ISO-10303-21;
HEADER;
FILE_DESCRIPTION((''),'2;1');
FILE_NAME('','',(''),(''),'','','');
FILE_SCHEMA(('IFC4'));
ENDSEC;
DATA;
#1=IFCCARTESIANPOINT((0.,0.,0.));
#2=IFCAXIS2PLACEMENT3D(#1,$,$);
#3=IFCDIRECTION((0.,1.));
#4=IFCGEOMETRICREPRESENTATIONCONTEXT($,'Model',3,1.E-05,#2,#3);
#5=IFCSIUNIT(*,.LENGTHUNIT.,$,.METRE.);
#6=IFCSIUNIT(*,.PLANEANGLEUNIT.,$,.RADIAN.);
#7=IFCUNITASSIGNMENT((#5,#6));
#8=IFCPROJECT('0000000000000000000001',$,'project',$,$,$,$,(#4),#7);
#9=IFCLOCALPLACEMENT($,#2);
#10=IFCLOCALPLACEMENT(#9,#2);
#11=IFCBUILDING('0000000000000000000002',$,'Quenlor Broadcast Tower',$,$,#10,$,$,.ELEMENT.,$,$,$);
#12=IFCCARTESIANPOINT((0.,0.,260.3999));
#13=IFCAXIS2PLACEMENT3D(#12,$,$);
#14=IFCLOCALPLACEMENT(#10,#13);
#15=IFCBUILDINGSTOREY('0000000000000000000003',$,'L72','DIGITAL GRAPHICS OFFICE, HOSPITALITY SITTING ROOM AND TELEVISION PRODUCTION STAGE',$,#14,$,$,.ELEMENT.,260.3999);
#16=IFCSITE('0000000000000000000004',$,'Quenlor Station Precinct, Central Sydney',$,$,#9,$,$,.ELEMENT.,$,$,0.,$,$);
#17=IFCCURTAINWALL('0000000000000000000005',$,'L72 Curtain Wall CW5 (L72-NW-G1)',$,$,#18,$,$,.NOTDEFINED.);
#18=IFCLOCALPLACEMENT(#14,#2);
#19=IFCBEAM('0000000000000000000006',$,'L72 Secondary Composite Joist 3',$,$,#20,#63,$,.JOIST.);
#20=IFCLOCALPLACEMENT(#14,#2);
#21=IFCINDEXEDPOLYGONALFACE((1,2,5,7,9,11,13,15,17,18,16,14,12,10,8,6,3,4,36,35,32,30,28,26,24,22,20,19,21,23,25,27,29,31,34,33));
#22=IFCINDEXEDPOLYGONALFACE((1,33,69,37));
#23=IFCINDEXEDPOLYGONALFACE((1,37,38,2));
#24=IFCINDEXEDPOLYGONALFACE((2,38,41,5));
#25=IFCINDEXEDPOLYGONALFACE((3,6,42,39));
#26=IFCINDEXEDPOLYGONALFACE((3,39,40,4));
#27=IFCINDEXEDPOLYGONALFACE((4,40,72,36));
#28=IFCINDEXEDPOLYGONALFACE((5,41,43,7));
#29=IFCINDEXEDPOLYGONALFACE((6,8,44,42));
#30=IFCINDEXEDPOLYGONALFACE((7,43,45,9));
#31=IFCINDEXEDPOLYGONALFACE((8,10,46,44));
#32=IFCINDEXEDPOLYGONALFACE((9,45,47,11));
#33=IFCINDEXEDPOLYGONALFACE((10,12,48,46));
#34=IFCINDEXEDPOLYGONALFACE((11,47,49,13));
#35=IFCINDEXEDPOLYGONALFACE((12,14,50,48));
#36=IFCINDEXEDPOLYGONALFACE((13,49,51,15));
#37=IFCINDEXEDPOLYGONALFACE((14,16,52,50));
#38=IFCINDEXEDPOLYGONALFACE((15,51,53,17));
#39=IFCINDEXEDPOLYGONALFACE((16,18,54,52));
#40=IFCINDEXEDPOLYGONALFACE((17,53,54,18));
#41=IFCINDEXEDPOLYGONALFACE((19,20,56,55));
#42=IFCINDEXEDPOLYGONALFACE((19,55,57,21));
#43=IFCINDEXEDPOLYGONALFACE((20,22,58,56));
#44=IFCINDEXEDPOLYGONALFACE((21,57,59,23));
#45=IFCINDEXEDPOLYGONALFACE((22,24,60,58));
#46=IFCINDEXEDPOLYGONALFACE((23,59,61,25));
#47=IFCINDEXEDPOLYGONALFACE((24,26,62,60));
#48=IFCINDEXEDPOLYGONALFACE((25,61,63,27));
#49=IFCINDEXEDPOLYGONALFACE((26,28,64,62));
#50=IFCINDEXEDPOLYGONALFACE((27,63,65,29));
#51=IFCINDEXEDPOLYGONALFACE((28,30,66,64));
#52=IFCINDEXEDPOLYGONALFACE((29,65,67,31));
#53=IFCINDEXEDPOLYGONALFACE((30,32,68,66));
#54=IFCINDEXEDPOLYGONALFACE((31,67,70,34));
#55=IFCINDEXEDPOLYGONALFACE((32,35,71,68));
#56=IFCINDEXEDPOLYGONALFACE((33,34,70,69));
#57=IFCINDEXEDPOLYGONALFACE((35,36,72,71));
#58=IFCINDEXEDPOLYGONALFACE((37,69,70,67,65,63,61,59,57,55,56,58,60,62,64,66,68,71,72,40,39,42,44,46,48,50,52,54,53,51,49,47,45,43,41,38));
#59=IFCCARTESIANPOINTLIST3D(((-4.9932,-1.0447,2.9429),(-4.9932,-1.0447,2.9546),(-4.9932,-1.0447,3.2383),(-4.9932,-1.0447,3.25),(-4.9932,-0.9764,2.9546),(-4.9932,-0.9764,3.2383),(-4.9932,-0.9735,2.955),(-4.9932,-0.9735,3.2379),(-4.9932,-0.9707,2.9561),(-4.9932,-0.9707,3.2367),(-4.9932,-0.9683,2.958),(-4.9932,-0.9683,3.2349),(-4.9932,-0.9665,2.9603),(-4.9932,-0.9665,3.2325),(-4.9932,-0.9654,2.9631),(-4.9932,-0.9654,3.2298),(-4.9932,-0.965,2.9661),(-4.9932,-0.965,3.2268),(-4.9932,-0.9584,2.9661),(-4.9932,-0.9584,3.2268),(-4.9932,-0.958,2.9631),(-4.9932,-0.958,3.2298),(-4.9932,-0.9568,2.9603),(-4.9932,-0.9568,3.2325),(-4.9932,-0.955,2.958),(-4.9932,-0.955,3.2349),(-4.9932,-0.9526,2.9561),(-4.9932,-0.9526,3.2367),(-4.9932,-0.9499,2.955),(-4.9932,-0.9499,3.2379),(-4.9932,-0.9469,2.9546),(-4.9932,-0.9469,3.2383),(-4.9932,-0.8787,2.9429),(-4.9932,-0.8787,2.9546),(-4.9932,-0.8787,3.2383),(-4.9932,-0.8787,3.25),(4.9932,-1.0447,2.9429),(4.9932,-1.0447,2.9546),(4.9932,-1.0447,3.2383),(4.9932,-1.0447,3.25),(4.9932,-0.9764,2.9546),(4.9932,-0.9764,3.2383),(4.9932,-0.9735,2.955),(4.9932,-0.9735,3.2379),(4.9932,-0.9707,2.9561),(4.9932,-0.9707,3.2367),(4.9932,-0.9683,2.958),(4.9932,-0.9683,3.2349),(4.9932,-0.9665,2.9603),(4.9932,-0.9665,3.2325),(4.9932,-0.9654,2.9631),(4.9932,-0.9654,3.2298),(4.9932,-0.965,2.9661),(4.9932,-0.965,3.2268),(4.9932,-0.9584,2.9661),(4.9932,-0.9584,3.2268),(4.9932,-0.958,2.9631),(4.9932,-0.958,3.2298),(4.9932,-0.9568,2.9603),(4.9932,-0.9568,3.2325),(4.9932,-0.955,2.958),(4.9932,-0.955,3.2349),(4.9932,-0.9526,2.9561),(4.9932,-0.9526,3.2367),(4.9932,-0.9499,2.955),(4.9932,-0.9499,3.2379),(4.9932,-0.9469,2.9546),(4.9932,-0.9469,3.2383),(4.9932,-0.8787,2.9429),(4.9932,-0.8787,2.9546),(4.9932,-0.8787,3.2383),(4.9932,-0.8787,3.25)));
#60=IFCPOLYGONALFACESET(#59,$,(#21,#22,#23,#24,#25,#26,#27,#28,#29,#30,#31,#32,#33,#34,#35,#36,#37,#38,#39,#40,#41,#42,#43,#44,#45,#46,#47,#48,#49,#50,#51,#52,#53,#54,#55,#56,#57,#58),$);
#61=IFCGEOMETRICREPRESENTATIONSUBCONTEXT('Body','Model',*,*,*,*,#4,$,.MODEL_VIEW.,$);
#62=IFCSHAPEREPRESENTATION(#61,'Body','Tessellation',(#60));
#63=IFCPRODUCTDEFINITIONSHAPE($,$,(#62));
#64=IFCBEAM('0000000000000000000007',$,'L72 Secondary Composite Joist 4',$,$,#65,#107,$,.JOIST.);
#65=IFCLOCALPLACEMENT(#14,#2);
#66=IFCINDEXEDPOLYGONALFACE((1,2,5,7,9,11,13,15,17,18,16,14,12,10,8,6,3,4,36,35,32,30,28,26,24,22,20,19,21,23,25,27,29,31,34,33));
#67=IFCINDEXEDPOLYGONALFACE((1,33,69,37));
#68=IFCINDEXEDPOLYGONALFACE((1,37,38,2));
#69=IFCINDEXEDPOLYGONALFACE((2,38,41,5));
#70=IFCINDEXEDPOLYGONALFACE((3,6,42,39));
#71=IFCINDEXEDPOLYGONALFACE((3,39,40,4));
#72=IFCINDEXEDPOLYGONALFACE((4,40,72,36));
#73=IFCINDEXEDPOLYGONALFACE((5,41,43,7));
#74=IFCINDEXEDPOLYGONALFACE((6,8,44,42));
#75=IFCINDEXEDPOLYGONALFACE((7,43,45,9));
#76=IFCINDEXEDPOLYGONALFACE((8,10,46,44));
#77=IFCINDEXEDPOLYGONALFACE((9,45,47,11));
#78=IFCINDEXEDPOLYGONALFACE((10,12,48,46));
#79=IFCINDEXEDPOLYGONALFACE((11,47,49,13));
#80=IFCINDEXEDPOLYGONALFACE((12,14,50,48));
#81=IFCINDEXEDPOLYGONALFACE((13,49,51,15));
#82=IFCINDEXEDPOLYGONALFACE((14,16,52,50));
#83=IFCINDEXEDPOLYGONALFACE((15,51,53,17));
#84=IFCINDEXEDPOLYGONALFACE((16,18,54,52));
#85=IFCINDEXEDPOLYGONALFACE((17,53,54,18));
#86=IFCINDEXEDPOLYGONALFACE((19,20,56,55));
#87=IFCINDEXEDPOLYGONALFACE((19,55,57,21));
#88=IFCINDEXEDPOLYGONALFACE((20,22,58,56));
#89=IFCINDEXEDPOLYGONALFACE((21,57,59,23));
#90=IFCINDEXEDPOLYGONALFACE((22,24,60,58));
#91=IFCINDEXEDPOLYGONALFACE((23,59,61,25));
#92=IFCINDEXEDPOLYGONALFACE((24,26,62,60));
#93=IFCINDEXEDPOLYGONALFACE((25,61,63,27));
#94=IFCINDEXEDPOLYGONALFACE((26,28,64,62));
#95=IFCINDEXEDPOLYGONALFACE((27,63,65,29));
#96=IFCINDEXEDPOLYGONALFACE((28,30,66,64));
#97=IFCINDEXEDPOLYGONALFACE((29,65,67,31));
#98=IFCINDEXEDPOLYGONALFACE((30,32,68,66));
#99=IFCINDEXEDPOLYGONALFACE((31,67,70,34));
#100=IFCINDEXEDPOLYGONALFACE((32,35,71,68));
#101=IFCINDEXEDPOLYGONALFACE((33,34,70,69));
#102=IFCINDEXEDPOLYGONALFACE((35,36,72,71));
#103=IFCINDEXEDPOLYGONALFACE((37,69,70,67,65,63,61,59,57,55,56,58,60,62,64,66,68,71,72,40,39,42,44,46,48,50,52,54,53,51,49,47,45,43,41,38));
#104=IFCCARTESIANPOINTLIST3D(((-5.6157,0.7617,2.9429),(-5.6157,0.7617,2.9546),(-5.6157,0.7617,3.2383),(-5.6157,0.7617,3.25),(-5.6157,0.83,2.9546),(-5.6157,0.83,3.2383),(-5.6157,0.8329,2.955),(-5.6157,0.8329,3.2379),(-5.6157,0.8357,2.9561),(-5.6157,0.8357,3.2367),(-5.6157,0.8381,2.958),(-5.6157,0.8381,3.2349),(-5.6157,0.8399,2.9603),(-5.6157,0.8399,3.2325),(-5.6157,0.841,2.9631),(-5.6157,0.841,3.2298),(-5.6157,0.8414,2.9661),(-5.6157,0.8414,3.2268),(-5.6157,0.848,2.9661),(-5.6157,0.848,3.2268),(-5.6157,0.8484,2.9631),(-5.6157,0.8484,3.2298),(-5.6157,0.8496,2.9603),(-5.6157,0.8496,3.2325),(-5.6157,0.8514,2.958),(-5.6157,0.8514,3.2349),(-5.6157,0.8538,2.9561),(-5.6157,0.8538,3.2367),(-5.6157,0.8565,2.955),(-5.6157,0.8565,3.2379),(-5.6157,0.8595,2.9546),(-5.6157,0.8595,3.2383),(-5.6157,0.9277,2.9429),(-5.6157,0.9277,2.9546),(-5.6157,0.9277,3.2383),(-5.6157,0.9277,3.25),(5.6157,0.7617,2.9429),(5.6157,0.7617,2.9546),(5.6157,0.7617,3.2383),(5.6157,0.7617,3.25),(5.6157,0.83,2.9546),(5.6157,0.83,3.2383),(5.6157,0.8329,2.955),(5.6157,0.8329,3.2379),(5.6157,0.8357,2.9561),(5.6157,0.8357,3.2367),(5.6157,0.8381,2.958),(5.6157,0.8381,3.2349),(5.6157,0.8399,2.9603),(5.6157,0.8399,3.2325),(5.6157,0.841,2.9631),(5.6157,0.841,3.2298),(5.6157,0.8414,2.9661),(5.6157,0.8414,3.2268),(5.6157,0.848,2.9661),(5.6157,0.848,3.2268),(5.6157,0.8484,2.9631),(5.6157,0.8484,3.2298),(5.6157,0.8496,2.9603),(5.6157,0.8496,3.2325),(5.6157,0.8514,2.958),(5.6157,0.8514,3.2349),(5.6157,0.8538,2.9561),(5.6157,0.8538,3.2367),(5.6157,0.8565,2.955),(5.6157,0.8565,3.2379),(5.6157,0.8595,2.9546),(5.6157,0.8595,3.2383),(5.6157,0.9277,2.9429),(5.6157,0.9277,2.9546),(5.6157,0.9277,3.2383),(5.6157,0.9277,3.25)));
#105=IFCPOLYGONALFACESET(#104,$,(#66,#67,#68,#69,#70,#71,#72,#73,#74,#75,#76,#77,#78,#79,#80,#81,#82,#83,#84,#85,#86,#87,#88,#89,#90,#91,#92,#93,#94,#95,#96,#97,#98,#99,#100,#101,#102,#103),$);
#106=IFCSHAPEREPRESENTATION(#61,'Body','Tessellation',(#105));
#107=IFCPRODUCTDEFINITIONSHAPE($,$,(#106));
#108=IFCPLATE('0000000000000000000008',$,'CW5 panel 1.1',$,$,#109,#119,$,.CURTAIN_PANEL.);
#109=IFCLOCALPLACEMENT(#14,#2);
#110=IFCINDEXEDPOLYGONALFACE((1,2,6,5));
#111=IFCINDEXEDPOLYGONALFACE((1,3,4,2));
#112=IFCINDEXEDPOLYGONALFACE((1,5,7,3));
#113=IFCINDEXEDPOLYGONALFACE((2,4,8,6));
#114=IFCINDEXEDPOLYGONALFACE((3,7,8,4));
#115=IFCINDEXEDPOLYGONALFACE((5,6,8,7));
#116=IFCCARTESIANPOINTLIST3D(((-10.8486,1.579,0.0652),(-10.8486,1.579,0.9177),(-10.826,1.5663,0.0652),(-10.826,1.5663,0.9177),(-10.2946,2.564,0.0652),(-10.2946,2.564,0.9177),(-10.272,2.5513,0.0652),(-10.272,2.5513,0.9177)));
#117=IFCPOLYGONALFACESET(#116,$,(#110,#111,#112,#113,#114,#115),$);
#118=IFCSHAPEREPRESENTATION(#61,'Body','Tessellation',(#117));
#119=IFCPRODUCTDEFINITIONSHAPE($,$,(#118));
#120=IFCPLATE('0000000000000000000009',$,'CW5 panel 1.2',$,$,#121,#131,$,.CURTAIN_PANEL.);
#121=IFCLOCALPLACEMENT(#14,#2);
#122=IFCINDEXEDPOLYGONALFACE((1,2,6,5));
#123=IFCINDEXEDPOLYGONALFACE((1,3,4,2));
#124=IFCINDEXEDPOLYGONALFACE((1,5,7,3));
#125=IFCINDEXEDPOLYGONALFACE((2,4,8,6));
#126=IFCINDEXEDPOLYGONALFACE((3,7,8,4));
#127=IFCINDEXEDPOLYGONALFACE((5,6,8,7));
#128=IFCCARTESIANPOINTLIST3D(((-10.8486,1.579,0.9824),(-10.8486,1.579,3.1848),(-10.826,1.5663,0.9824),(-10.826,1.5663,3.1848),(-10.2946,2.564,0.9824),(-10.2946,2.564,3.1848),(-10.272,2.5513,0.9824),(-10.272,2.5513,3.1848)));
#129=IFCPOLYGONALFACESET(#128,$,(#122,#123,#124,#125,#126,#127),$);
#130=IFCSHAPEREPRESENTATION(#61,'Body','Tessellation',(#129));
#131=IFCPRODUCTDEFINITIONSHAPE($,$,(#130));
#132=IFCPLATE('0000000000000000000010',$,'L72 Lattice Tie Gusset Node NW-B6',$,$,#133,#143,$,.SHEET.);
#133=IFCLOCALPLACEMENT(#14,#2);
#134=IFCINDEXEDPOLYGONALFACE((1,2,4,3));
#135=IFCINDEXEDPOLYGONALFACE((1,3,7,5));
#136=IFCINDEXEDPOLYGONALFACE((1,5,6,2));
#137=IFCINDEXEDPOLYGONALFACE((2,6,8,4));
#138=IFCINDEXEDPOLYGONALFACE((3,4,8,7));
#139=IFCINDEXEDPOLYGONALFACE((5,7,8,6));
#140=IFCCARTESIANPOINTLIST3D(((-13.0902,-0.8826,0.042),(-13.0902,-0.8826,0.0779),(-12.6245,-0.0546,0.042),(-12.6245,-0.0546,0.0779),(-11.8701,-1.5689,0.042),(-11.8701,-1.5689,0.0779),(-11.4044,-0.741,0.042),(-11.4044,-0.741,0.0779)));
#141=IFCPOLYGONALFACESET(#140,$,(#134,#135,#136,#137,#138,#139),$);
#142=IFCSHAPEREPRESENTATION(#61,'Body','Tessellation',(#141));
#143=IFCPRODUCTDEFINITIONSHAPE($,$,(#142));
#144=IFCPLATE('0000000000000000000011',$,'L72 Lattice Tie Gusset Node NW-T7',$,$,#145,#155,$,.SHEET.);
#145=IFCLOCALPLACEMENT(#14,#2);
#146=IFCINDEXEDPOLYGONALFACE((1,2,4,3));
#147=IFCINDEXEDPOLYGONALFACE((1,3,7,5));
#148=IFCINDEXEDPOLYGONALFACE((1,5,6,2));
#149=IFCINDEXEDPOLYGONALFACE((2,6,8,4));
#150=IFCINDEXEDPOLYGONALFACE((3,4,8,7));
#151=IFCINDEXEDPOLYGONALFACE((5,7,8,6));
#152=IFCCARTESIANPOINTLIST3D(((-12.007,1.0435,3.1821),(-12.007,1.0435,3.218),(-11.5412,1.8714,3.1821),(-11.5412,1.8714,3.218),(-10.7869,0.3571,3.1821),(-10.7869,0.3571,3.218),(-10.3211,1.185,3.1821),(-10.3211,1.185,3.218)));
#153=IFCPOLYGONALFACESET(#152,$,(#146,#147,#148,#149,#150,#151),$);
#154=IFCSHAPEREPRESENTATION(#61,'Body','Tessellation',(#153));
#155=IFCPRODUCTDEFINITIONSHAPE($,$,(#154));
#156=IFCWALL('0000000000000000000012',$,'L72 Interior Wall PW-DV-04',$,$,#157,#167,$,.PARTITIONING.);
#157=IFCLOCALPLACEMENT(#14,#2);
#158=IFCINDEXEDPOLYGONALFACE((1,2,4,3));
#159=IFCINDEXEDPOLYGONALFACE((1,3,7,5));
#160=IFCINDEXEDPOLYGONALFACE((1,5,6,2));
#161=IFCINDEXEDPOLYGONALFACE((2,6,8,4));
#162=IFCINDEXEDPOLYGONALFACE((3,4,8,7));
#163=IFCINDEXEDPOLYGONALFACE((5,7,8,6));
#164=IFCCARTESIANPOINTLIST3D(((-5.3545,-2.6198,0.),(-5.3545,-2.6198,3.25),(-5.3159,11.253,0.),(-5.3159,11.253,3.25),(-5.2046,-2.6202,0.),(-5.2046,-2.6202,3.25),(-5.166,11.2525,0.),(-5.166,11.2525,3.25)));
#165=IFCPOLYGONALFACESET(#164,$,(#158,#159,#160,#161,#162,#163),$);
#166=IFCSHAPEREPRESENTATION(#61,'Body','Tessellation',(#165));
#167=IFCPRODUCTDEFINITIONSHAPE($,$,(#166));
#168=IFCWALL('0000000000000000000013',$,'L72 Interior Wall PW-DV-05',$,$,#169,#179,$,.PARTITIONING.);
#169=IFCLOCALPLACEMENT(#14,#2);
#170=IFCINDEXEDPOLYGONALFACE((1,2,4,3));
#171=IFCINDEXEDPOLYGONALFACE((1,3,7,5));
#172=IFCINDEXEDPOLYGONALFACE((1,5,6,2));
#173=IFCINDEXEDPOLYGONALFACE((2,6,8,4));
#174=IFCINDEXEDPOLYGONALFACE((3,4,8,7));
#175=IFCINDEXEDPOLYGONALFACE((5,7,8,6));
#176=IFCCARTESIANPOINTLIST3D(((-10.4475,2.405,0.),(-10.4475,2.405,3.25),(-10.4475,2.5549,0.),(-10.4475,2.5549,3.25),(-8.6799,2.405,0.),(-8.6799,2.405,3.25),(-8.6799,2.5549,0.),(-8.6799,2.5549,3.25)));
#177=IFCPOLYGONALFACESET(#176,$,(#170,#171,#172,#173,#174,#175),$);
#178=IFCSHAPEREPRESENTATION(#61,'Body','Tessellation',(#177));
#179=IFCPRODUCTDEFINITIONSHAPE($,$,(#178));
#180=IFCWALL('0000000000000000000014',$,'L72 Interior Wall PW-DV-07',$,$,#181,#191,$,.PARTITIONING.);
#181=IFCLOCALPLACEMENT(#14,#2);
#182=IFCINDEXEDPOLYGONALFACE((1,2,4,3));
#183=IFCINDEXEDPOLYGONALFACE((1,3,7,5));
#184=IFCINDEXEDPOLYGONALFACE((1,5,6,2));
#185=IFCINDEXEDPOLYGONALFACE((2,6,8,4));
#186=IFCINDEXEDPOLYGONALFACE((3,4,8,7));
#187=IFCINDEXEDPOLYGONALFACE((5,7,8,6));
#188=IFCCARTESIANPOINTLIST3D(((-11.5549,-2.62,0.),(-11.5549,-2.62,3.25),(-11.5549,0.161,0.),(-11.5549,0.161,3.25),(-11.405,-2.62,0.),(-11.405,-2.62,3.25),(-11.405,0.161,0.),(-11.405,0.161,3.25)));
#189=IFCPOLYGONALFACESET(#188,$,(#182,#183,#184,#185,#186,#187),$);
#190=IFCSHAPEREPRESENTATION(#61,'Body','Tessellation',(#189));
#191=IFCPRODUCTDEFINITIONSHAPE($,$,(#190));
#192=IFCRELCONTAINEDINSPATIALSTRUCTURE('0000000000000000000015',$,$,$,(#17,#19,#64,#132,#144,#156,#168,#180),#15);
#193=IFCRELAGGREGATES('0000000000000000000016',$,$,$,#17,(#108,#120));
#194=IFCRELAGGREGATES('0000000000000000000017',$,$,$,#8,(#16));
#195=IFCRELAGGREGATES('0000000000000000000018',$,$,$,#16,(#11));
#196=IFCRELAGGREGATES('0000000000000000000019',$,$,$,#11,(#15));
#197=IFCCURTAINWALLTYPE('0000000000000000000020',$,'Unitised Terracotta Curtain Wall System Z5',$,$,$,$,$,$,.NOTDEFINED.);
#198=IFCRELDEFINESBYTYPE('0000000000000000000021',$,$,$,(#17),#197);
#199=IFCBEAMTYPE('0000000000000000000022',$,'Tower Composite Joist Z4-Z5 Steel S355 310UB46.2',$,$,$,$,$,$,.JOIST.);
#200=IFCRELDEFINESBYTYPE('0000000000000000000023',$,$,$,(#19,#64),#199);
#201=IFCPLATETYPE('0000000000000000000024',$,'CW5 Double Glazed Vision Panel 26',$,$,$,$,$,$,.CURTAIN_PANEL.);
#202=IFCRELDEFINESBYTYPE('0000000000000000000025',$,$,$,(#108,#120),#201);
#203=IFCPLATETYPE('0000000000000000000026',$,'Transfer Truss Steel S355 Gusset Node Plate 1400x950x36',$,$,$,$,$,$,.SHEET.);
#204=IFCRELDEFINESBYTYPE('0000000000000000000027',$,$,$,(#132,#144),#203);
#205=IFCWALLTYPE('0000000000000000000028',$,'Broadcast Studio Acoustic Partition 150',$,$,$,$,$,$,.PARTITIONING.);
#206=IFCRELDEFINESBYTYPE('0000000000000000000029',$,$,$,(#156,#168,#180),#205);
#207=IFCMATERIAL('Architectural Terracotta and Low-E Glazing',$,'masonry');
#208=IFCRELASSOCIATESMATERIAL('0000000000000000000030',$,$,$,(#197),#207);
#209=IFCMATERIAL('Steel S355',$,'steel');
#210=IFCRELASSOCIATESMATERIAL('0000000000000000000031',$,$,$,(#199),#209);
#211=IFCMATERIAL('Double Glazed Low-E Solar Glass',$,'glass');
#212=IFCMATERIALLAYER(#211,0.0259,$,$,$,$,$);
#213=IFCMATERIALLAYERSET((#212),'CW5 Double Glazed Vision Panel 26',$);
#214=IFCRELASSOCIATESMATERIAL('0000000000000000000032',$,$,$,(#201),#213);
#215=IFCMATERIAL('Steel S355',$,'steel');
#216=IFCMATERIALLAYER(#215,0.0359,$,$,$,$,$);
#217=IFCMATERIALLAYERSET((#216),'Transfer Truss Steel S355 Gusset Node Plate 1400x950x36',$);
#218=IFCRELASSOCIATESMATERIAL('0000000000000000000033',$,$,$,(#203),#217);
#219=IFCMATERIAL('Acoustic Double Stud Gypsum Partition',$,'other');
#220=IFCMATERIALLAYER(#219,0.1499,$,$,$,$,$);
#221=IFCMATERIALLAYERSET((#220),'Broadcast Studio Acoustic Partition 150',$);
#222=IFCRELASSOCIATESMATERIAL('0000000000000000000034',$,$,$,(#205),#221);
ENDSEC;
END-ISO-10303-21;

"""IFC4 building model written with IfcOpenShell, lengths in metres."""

from ifc_helpers import new_model, si_unit, direction, frame, frame_2d, origin, origin_2d, place, context, subcontext, project, spatial, rectangle, i_section, extrude, material, layer, layer_set, material_profile, profile_set, type_object, element, aggregate, save


model = new_model("IFC4")

# Units and contexts
model_context = context("Model", 3, precision=1e-05, world=origin(), true_north=direction((0.0, 1.0)))
body_context = subcontext(model_context, "Body", "Model", "MODEL_VIEW")
ifc_project = project(units=[si_unit("LENGTHUNIT", "METRE"), si_unit("PLANEANGLEUNIT", "RADIAN")], contexts=[model_context])

# Site, building, storey
site_placement = place(None, origin())
site = spatial("IfcSite", under=ifc_project, at=site_placement, Name="Quenlor Station Precinct, Central Sydney", CompositionType="ELEMENT", RefElevation=0.0)
building_placement = place(site_placement, origin())
building = spatial("IfcBuilding", under=site, at=building_placement, Name="Quenlor Broadcast Tower", CompositionType="ELEMENT")
storey_placement = place(building_placement, frame((0.0, 0.0, 260.3999)))
storey = spatial("IfcBuildingStorey", under=building, at=storey_placement, Name="L72", Description="DIGITAL GRAPHICS OFFICE, HOSPITALITY SITTING ROOM AND TELEVISION PRODUCTION STAGE", CompositionType="ELEMENT", Elevation=260.3999)

# Curtain wall
ifc_material_1 = material(Name="Architectural Terracotta and Low-E Glazing", Category="masonry")
curtain_wall_type = type_object("IfcCurtainWallType", Name="Unitised Terracotta Curtain Wall System Z5", PredefinedType="NOTDEFINED", material=ifc_material_1)
curtain_wall_placement = place(storey_placement, origin())
curtain_wall = element("IfcCurtainWall", 1, at=curtain_wall_placement, inside=storey, type_object=curtain_wall_type, Name="L72 Curtain Wall CW5 (L72-NW-G1)", PredefinedType="NOTDEFINED")

# Beams
ifc_material_2 = material(Name="Steel S355", Category="steel")
ifc_material_profile_1 = material_profile(ifc_material_2, i_section(OverallWidth=0.166, OverallDepth=0.3071, WebThickness=0.0066, FlangeThickness=0.0117, FilletRadius=0.0115, at=origin_2d()))
ifc_profile_set_1 = profile_set([ifc_material_profile_1], Name="Steel S355 310UB46.2")
beam_type = type_object("IfcBeamType", Name="Tower Composite Joist Z4-Z5 Steel S355 310UB46.2", PredefinedType="JOIST", material=ifc_profile_set_1)
beam_1_placement = place(storey_placement, frame((-4.9932, -0.9617, 3.0964), z_axis=(1.0, 0.0, 0.0), x_axis=(0.0, 1.0, 0.0)))
element("IfcBeam", 2, at=beam_1_placement, inside=storey, type_object=beam_type, Name="L72 Secondary Composite Joist 3", PredefinedType="JOIST", context=body_context, shape_type="SweptSolid", body=[
    extrude(i_section(OverallWidth=0.166, OverallDepth=0.3071, WebThickness=0.0066, FlangeThickness=0.0117, FilletRadius=0.0115, at=origin_2d()), origin(), (0.0, 0.0, 1.0), 9.9863),
])
beam_2_placement = place(storey_placement, frame((-5.6157, 0.8447, 3.0964), z_axis=(1.0, 0.0, 0.0), x_axis=(0.0, 1.0, 0.0)))
element("IfcBeam", 3, at=beam_2_placement, inside=storey, type_object=beam_type, Name="L72 Secondary Composite Joist 4", PredefinedType="JOIST", context=body_context, shape_type="SweptSolid", body=[
    extrude(i_section(OverallWidth=0.166, OverallDepth=0.3071, WebThickness=0.0066, FlangeThickness=0.0117, FilletRadius=0.0115, at=origin_2d()), origin(), (0.0, 0.0, 1.0), 11.2314),
])

# Plates
ifc_material_3 = material(Name="Double Glazed Low-E Solar Glass", Category="glass")
ifc_layer_1 = layer(ifc_material_3, 0.0259)
ifc_layer_set_1 = layer_set([ifc_layer_1], Name="CW5 Double Glazed Vision Panel 26")
plate_type_1 = type_object("IfcPlateType", Name="CW5 Double Glazed Vision Panel 26", PredefinedType="CURTAIN_PANEL", material=ifc_layer_set_1)
plate_1_placement = place(storey_placement, frame((-10.5603, 2.0652, 0.0652), z_axis=(0.0, 0.0, 1.0), x_axis=(0.490231, 0.871592, 0.0)))
plate_1 = element("IfcPlate", 4, at=plate_1_placement, type_object=plate_type_1, Name="CW5 panel 1.1", PredefinedType="CURTAIN_PANEL", context=body_context, shape_type="SweptSolid", body=[
    extrude(rectangle(XDim=1.1301, YDim=0.0259, at=origin_2d()), origin(), (0.0, 0.0, 1.0), 0.8525),
])
plate_2_placement = place(storey_placement, frame((-10.5603, 2.0652, 0.9824), z_axis=(0.0, 0.0, 1.0), x_axis=(0.490231, 0.871592, 0.0)))
plate_2 = element("IfcPlate", 5, at=plate_2_placement, type_object=plate_type_1, Name="CW5 panel 1.2", PredefinedType="CURTAIN_PANEL", context=body_context, shape_type="SweptSolid", body=[
    extrude(rectangle(XDim=1.1301, YDim=0.0259, at=origin_2d()), origin(), (0.0, 0.0, 1.0), 2.2024),
])
aggregate(curtain_wall, [plate_1, plate_2])

# Plates
ifc_material_4 = material(Name="Steel S355", Category="steel")
ifc_layer_2 = layer(ifc_material_4, 0.0359)
ifc_layer_set_2 = layer_set([ifc_layer_2], Name="Transfer Truss Steel S355 Gusset Node Plate 1400x950x36")
plate_type_2 = type_object("IfcPlateType", Name="Transfer Truss Steel S355 Gusset Node Plate 1400x950x36", PredefinedType="SHEET", material=ifc_layer_set_2)
for number, where, z_axis, x_axis, name in (
    (6, (-12.2473, -0.8118, 0.042), (0.0, 0.0, 1.0), (-0.871556, 0.490295, 0.0), "L72 Lattice Tie Gusset Node NW-B6"),
    (7, (-11.1641, 1.1143, 3.1821), (0.0, 0.0, 1.0), (-0.871556, 0.490295, 0.0), "L72 Lattice Tie Gusset Node NW-T7"),
):
    element("IfcPlate", number, at=place(storey_placement, frame(where, z_axis=z_axis, x_axis=x_axis)), inside=storey, type_object=plate_type_2, Name=name, PredefinedType="SHEET", context=body_context, shape_type="SweptSolid", body=[
        extrude(rectangle(XDim=1.3999, YDim=0.95, at=origin_2d()), origin(), (0.0, 0.0, 1.0), 0.0359),
    ])

# Walls
ifc_material_5 = material(Name="Acoustic Double Stud Gypsum Partition", Category="other")
ifc_layer_3 = layer(ifc_material_5, 0.1499)
ifc_layer_set_3 = layer_set([ifc_layer_3], Name="Broadcast Studio Acoustic Partition 150")
wall_type_1 = type_object("IfcWallType", Name="Broadcast Studio Acoustic Partition 150", PredefinedType="PARTITIONING", material=ifc_layer_set_3)
wall_1_placement = place(storey_placement, frame((-5.2795, -2.6201, 0.0), z_axis=(0.0, 0.0, 1.0), x_axis=(0.002781, 0.999996, 0.0)))
element("IfcWall", 8, at=wall_1_placement, inside=storey, type_object=wall_type_1, Name="L72 Interior Wall PW-DV-04", PredefinedType="PARTITIONING", context=body_context, shape_type="SweptSolid", body=[
    extrude(rectangle(XDim=13.8728, YDim=0.1499, at=frame_2d((6.9365, 0.0))), origin(), (0.0, 0.0, 1.0), 3.25),
])
wall_2_placement = place(storey_placement, frame((-8.6799, 2.48, 0.0), z_axis=(0.0, 0.0, 1.0), x_axis=(-1.0, 0.0, 0.0)))
element("IfcWall", 9, at=wall_2_placement, inside=storey, type_object=wall_type_1, Name="L72 Interior Wall PW-DV-05", PredefinedType="PARTITIONING", context=body_context, shape_type="SweptSolid", body=[
    extrude(rectangle(XDim=1.7676, YDim=0.1499, at=frame_2d((0.8838, 0.0))), origin(), (0.0, 0.0, 1.0), 3.25),
])
wall_3_placement = place(storey_placement, frame((-11.48, -2.6201, 0.0), z_axis=(0.0, 0.0, 1.0), x_axis=(0.0, 1.0, 0.0)))
element("IfcWall", 10, at=wall_3_placement, inside=storey, type_object=wall_type_1, Name="L72 Interior Wall PW-DV-07", PredefinedType="PARTITIONING", context=body_context, shape_type="SweptSolid", body=[
    extrude(rectangle(XDim=2.781, YDim=0.1499, at=frame_2d((1.3906, 0.0))), origin(), (0.0, 0.0, 1.0), 3.25),
])

save(model, "model.ifc")
